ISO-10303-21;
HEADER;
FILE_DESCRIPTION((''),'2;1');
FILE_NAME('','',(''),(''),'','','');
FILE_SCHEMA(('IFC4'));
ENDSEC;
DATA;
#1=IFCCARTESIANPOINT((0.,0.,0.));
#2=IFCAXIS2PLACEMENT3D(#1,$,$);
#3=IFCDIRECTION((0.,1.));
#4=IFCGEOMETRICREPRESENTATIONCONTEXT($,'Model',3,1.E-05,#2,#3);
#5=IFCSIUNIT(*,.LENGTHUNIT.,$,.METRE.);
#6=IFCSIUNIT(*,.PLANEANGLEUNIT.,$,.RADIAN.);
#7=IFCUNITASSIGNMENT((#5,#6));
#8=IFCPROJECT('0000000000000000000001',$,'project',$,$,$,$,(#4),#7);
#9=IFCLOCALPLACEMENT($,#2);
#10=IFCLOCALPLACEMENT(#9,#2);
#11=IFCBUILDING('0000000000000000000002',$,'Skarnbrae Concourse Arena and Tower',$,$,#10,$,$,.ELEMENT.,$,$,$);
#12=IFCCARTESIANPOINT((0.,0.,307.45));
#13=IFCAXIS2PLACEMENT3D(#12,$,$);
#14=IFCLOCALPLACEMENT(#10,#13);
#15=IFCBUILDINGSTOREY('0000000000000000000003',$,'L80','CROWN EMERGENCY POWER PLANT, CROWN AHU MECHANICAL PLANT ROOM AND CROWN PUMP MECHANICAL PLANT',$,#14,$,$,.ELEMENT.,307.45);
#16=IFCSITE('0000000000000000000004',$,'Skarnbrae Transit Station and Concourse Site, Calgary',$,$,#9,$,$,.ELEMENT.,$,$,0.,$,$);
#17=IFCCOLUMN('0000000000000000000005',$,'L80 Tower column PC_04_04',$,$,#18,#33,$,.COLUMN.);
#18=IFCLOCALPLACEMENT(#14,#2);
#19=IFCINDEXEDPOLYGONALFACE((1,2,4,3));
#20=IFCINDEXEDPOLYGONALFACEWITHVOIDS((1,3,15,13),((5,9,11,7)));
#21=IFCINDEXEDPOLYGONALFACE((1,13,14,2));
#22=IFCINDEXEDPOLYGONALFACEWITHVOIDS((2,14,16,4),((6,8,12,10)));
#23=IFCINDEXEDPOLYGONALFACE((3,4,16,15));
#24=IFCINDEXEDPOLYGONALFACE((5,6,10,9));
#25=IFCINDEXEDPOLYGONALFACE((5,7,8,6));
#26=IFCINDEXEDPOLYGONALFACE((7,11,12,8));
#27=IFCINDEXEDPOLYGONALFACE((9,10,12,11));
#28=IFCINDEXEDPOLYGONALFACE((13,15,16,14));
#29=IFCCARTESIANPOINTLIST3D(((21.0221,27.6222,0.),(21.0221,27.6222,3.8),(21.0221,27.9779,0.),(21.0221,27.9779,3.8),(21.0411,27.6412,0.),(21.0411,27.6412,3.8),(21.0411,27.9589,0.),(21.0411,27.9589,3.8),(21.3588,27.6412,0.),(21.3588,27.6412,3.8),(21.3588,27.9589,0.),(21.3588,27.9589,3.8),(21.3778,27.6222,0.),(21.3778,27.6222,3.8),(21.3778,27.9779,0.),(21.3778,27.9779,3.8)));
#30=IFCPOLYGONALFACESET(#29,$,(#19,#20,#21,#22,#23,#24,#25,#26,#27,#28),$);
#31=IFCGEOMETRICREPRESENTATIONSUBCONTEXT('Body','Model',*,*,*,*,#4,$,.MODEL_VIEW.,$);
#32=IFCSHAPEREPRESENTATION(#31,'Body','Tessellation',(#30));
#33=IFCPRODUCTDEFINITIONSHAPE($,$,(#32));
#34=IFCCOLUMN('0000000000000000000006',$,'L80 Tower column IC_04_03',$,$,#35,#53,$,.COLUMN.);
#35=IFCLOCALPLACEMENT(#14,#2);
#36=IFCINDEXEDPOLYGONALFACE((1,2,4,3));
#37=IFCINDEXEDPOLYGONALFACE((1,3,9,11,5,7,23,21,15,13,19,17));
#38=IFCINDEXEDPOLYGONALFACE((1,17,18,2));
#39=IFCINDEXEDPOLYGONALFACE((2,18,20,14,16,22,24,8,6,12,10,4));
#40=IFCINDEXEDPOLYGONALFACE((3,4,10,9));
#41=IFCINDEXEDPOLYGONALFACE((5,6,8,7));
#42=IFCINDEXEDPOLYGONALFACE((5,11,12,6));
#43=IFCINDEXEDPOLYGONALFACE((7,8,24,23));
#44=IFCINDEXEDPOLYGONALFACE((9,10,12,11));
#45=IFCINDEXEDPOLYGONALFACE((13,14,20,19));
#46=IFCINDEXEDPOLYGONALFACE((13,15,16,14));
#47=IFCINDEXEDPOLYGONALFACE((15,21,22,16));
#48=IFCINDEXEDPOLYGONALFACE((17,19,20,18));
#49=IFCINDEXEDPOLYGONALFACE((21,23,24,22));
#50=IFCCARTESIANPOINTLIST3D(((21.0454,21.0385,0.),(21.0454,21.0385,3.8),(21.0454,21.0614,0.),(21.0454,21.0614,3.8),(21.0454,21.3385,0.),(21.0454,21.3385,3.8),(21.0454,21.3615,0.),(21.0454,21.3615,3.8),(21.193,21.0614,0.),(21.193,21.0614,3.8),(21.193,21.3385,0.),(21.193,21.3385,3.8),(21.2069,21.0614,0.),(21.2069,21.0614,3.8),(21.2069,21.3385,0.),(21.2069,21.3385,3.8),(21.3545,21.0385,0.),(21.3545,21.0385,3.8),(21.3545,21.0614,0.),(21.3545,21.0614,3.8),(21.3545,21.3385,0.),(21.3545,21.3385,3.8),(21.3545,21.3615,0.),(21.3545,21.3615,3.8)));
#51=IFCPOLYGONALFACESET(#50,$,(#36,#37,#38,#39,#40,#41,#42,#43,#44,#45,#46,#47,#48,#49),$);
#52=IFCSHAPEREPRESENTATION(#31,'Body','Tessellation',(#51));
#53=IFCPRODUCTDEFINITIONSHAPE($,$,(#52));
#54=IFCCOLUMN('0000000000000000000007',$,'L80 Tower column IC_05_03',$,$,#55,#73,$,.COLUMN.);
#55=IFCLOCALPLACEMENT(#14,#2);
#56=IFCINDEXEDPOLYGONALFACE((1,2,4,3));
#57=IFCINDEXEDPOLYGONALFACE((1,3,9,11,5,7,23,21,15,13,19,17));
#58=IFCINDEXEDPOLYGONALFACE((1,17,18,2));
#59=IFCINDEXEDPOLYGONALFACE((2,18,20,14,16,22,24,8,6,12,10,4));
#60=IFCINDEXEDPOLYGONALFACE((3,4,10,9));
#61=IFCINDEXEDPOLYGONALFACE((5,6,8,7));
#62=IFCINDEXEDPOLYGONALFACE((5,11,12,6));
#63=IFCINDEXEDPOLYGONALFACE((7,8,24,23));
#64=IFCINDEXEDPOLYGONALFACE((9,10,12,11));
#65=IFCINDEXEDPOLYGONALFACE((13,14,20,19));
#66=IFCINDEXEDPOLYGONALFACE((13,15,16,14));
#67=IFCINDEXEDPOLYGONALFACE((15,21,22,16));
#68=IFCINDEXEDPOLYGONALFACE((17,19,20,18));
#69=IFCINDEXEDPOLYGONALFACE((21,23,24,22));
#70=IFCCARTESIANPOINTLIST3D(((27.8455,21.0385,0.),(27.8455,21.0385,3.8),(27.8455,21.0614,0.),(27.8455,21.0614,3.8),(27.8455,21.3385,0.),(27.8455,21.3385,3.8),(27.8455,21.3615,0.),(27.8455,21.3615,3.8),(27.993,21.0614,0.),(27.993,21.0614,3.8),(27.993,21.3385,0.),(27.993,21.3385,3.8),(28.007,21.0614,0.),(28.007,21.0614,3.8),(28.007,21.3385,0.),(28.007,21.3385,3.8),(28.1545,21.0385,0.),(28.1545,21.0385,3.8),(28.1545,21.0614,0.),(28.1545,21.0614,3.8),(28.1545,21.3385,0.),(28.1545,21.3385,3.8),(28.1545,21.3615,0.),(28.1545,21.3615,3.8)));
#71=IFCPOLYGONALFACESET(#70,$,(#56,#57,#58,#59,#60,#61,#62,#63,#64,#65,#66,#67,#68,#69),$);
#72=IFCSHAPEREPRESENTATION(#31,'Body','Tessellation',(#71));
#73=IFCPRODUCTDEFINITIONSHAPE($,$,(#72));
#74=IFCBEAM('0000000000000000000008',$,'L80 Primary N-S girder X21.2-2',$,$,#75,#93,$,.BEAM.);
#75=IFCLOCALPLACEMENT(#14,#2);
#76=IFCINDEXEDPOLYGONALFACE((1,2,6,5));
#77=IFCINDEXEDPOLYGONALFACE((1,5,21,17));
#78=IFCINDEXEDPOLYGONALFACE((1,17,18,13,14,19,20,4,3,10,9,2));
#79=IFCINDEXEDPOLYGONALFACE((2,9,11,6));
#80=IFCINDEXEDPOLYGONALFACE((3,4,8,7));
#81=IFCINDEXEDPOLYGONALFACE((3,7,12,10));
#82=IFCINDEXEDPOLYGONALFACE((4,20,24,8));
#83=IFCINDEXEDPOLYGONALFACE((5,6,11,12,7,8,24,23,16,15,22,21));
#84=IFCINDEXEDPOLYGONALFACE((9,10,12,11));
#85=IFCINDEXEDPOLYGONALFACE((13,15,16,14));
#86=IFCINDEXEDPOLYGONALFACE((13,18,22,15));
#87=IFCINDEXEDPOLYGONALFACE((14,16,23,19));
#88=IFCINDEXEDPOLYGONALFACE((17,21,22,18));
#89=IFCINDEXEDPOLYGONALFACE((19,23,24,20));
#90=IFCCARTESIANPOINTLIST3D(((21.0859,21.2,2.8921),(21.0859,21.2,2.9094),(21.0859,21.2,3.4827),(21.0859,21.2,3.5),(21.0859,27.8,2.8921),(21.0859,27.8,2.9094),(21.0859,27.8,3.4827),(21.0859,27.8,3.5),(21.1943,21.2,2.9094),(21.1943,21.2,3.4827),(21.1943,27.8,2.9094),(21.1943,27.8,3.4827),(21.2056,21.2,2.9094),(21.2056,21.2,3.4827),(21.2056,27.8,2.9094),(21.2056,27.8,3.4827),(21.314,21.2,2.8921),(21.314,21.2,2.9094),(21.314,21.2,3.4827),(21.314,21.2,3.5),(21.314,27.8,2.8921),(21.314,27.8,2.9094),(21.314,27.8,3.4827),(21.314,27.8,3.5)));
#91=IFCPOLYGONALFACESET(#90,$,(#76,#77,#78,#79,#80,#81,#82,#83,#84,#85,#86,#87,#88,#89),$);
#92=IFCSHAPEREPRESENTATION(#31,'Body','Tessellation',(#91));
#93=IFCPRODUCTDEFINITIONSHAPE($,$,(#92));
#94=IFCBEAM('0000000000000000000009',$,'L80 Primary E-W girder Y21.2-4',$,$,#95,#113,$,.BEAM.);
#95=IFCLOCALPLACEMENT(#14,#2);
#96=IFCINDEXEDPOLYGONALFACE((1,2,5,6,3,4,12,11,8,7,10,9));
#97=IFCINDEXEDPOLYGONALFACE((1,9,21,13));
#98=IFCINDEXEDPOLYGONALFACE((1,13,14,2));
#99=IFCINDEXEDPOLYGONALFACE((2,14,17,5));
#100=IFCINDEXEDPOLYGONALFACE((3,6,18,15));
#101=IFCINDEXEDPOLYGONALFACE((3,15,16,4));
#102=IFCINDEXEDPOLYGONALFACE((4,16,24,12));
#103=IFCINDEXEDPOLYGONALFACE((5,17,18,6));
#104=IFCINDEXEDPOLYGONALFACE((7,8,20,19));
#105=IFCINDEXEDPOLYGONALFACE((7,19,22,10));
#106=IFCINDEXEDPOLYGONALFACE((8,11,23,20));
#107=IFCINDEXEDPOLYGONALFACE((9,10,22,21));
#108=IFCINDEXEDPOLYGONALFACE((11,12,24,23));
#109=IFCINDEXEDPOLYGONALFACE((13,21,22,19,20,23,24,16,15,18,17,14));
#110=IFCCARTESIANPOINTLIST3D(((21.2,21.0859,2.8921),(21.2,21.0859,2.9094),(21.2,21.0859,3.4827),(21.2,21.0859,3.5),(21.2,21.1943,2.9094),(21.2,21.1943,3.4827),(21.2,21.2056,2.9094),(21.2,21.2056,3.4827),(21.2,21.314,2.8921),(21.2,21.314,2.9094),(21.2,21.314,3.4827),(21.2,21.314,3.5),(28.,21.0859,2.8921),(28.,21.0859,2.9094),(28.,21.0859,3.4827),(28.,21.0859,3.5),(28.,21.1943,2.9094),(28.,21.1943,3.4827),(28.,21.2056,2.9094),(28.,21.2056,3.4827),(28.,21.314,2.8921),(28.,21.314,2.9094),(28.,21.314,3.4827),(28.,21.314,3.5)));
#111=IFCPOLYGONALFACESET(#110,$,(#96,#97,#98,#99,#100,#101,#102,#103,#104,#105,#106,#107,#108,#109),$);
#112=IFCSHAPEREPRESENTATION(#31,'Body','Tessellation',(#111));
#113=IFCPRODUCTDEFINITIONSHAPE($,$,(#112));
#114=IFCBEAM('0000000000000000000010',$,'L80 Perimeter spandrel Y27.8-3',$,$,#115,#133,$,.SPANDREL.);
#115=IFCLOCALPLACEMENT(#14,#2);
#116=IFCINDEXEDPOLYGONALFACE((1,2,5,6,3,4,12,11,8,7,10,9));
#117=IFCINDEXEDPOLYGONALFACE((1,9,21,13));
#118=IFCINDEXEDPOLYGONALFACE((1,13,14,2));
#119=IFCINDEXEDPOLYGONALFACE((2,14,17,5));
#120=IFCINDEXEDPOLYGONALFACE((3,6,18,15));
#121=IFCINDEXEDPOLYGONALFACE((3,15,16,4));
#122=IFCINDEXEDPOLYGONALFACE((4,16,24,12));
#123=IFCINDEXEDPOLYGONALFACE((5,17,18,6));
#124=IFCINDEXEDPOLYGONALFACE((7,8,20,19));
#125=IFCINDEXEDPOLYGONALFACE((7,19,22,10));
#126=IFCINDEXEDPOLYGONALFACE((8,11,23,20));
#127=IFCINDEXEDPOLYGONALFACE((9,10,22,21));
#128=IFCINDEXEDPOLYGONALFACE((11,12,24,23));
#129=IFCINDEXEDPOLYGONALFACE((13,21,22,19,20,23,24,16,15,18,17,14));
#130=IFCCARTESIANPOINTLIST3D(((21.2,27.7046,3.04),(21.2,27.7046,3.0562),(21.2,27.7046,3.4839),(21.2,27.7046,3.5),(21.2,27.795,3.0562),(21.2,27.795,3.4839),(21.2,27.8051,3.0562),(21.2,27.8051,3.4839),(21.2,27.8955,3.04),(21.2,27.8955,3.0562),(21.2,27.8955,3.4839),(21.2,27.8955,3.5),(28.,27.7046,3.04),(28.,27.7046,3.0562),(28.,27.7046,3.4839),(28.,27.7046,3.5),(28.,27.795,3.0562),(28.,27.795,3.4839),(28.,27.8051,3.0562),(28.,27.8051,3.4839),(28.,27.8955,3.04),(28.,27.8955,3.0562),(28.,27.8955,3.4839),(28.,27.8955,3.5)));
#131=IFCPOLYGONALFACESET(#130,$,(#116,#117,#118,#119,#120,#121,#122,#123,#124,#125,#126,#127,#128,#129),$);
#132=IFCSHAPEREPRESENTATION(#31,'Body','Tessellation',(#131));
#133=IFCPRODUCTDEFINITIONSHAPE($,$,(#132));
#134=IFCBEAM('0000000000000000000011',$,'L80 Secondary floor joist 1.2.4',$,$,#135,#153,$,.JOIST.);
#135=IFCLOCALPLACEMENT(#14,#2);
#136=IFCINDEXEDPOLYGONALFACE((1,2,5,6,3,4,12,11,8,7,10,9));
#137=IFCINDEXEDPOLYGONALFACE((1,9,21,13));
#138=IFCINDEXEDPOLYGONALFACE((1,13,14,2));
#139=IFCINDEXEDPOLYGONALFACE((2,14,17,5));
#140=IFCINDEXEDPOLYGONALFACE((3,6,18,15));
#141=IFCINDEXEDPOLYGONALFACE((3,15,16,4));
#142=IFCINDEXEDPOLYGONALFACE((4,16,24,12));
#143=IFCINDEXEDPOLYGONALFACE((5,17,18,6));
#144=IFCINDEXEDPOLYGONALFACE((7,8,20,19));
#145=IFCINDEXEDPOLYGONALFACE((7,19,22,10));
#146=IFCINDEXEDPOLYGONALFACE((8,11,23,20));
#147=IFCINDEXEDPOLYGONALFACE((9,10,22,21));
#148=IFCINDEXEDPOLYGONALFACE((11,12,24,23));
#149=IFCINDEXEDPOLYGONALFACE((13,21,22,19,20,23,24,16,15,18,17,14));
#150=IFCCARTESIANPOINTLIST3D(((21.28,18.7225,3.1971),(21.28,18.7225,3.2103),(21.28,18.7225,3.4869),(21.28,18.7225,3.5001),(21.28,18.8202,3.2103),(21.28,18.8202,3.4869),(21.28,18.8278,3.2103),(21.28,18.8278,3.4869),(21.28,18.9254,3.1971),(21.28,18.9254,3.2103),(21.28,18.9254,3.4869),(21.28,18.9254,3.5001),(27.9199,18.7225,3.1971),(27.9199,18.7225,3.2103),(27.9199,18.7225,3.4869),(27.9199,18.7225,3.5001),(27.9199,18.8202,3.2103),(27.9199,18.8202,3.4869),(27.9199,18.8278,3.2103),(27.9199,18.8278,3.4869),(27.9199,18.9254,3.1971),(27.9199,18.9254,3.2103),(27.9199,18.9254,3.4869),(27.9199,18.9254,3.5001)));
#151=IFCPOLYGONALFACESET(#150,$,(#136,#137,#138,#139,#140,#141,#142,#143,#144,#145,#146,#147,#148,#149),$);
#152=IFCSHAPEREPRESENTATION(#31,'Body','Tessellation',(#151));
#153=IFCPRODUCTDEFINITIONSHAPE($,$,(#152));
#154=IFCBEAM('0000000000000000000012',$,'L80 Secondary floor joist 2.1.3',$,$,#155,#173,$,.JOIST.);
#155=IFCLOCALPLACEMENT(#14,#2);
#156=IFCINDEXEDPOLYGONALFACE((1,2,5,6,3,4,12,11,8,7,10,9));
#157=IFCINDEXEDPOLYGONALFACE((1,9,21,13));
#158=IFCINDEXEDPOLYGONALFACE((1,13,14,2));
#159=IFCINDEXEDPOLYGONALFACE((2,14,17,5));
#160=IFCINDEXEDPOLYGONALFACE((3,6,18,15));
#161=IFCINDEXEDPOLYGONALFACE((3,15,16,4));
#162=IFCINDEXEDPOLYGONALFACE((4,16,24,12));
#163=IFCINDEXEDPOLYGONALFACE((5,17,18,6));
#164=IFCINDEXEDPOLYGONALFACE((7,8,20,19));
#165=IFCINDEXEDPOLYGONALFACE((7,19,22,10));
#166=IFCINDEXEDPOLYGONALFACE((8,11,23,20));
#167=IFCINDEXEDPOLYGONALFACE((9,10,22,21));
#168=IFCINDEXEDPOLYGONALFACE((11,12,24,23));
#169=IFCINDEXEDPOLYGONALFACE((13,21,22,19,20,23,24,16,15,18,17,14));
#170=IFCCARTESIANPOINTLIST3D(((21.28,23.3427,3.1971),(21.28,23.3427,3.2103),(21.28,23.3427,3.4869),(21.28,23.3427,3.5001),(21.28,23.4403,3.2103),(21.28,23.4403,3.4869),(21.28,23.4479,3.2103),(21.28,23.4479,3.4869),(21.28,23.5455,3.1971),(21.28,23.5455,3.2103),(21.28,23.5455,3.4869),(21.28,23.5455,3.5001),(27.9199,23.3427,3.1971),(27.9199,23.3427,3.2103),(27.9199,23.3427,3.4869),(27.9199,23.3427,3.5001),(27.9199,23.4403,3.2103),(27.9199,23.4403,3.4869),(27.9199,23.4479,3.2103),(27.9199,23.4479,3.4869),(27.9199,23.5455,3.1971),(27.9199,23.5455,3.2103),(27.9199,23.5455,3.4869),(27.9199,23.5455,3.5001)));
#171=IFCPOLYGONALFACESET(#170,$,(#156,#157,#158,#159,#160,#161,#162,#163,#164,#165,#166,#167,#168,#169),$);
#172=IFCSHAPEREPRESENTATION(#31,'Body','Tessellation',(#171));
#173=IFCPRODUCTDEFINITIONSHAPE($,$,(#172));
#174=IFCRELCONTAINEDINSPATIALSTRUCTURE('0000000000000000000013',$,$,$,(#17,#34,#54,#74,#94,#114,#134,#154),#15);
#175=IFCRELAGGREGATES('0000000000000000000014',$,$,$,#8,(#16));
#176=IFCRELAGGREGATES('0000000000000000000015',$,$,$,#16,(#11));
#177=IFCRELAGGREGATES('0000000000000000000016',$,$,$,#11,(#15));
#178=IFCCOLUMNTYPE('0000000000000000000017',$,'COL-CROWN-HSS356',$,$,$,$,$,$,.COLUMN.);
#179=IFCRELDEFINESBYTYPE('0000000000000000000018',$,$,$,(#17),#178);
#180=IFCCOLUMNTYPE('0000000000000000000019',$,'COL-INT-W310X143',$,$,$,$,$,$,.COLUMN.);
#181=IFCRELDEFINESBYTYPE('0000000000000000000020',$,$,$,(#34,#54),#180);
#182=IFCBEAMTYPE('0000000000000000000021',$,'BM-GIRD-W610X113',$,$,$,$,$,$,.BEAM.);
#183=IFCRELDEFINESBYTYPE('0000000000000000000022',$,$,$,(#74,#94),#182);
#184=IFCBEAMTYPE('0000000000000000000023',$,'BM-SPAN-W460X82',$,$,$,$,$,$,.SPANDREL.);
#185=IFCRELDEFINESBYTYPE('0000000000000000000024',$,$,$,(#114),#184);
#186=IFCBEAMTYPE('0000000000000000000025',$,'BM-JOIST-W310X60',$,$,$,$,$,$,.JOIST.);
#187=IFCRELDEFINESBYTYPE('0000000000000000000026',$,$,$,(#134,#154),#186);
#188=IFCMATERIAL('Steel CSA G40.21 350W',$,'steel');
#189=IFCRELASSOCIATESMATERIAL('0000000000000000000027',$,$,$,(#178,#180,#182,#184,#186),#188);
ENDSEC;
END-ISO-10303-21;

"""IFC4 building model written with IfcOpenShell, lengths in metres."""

from ifc_helpers import new_model, si_unit, direction, frame, origin, origin_2d, place, context, subcontext, project, spatial, hollow_rectangle, i_section, extrude, source, transform, mapped, material, material_profile, profile_set, type_object, element, save


model = new_model("IFC4")

# Units and contexts
model_context = context("Model", 3, precision=1e-05, world=origin(), true_north=direction((0.0, 1.0)))
body_context = subcontext(model_context, "Body", "Model", "MODEL_VIEW")
ifc_project = project(units=[si_unit("LENGTHUNIT", "METRE"), si_unit("PLANEANGLEUNIT", "RADIAN")], contexts=[model_context])

# Site, building, storey
site_placement = place(None, origin())
site = spatial("IfcSite", under=ifc_project, at=site_placement, Name="Skarnbrae Transit Station and Concourse Site, Calgary", CompositionType="ELEMENT", RefElevation=0.0)
building_placement = place(site_placement, origin())
building = spatial("IfcBuilding", under=site, at=building_placement, Name="Skarnbrae Concourse Arena and Tower", CompositionType="ELEMENT")
storey_placement = place(building_placement, frame((0.0, 0.0, 307.45)))
storey = spatial("IfcBuildingStorey", under=building, at=storey_placement, Name="L80", Description="CROWN EMERGENCY POWER PLANT, CROWN AHU MECHANICAL PLANT ROOM AND CROWN PUMP MECHANICAL PLANT", CompositionType="ELEMENT", Elevation=307.45)

# Columns
ifc_material_1 = material(Name="Steel CSA G40.21 350W", Category="steel")
ifc_material_profile_1 = material_profile(ifc_material_1, hollow_rectangle(XDim=0.3557, YDim=0.3557, WallThickness=0.019, at=origin_2d()), Name="HSS356X356X19.0")
ifc_profile_set_1 = profile_set([ifc_material_profile_1], Name="Steel CSA G40.21 350W")
column_type_1 = type_object("IfcColumnType", Name="COL-CROWN-HSS356", PredefinedType="COLUMN", material=ifc_profile_set_1)
shared_shape_1 = source(origin(), body_context, "Body", "SweptSolid", [
    extrude(hollow_rectangle(XDim=0.3557, YDim=0.3557, WallThickness=0.019, at=origin_2d()), origin(), (0.0, 0.0, 1.0), 3.8),
])
column_placement = place(storey_placement, frame((21.2, 27.8, 0.0), z_axis=(0.0, 0.0, 1.0), x_axis=(1.0, 0.0, 0.0)))
element("IfcColumn", 1, at=column_placement, inside=storey, type_object=column_type_1, Name="L80 Tower column PC_04_04", PredefinedType="COLUMN", context=body_context, shape_type="MappedRepresentation", body=[
    mapped(shared_shape_1, transform((0.0, 0.0, 0.0))),
])
ifc_material_profile_2 = material_profile(ifc_material_1, i_section(OverallWidth=0.3091, OverallDepth=0.323, WebThickness=0.0139, FlangeThickness=0.0229, at=origin_2d()), Name="W310X143")
ifc_profile_set_2 = profile_set([ifc_material_profile_2], Name="Steel CSA G40.21 350W")
column_type_2 = type_object("IfcColumnType", Name="COL-INT-W310X143", PredefinedType="COLUMN", material=ifc_profile_set_2)
shared_shape_2 = source(origin(), body_context, "Body", "SweptSolid", [
    extrude(i_section(OverallWidth=0.3091, OverallDepth=0.323, WebThickness=0.0139, FlangeThickness=0.0229, at=origin_2d()), origin(), (0.0, 0.0, 1.0), 3.8),
])
for number, where, z_axis, x_axis, name in (
    (2, (21.2, 21.2, 0.0), (0.0, 0.0, 1.0), (1.0, 0.0, 0.0), "L80 Tower column IC_04_03"),
    (3, (28.0, 21.2, 0.0), (0.0, 0.0, 1.0), (1.0, 0.0, 0.0), "L80 Tower column IC_05_03"),
):
    element("IfcColumn", number, at=place(storey_placement, frame(where, z_axis=z_axis, x_axis=x_axis)), inside=storey, type_object=column_type_2, Name=name, PredefinedType="COLUMN", context=body_context, shape_type="MappedRepresentation", body=[
        mapped(shared_shape_2, transform((0.0, 0.0, 0.0))),
    ])

# Beams
ifc_material_profile_3 = material_profile(ifc_material_1, i_section(OverallWidth=0.228, OverallDepth=0.6079, WebThickness=0.0112, FlangeThickness=0.0173, at=origin_2d()), Name="W610X113")
ifc_profile_set_3 = profile_set([ifc_material_profile_3], Name="Steel CSA G40.21 350W")
beam_type_1 = type_object("IfcBeamType", Name="BM-GIRD-W610X113", PredefinedType="BEAM", material=ifc_profile_set_3)
shared_shape_3 = source(origin(), body_context, "Body", "SweptSolid", [
    extrude(i_section(OverallWidth=0.228, OverallDepth=0.6079, WebThickness=0.0112, FlangeThickness=0.0173, at=origin_2d()), origin(), (0.0, 0.0, 1.0), 6.6001),
])
beam_1_placement = place(storey_placement, frame((21.2, 21.2, 3.196), z_axis=(0.0, 1.0, 0.0), x_axis=(-1.0, 0.0, 0.0)))
element("IfcBeam", 4, at=beam_1_placement, inside=storey, type_object=beam_type_1, Name="L80 Primary N-S girder X21.2-2", PredefinedType="BEAM", context=body_context, shape_type="MappedRepresentation", body=[
    mapped(shared_shape_3, transform((0.0, 0.0, 0.0))),
])
shared_shape_4 = source(origin(), body_context, "Body", "SweptSolid", [
    extrude(i_section(OverallWidth=0.228, OverallDepth=0.6079, WebThickness=0.0112, FlangeThickness=0.0173, at=origin_2d()), origin(), (0.0, 0.0, 1.0), 6.8),
])
beam_2_placement = place(storey_placement, frame((21.2, 21.2, 3.196), z_axis=(1.0, 0.0, 0.0), x_axis=(0.0, 1.0, 0.0)))
element("IfcBeam", 5, at=beam_2_placement, inside=storey, type_object=beam_type_1, Name="L80 Primary E-W girder Y21.2-4", PredefinedType="BEAM", context=body_context, shape_type="MappedRepresentation", body=[
    mapped(shared_shape_4, transform((0.0, 0.0, 0.0))),
])
ifc_material_profile_4 = material_profile(ifc_material_1, i_section(OverallWidth=0.1909, OverallDepth=0.46, WebThickness=0.01, FlangeThickness=0.0161, at=origin_2d()), Name="W460X82")
ifc_profile_set_4 = profile_set([ifc_material_profile_4], Name="Steel CSA G40.21 350W")
beam_type_2 = type_object("IfcBeamType", Name="BM-SPAN-W460X82", PredefinedType="SPANDREL", material=ifc_profile_set_4)
shared_shape_5 = source(origin(), body_context, "Body", "SweptSolid", [
    extrude(i_section(OverallWidth=0.1909, OverallDepth=0.46, WebThickness=0.01, FlangeThickness=0.0161, at=origin_2d()), origin(), (0.0, 0.0, 1.0), 6.8),
])
beam_3_placement = place(storey_placement, frame((21.2, 27.8, 3.27), z_axis=(1.0, 0.0, 0.0), x_axis=(0.0, 1.0, 0.0)))
element("IfcBeam", 6, at=beam_3_placement, inside=storey, type_object=beam_type_2, Name="L80 Perimeter spandrel Y27.8-3", PredefinedType="SPANDREL", context=body_context, shape_type="MappedRepresentation", body=[
    mapped(shared_shape_5, transform((0.0, 0.0, 0.0))),
])
ifc_material_profile_5 = material_profile(ifc_material_1, i_section(OverallWidth=0.2029, OverallDepth=0.303, WebThickness=0.0076, FlangeThickness=0.0132, at=origin_2d()), Name="W310X60")
ifc_profile_set_5 = profile_set([ifc_material_profile_5], Name="Steel CSA G40.21 350W")
beam_type_3 = type_object("IfcBeamType", Name="BM-JOIST-W310X60", PredefinedType="JOIST", material=ifc_profile_set_5)
shared_shape_6 = source(origin(), body_context, "Body", "SweptSolid", [
    extrude(i_section(OverallWidth=0.2029, OverallDepth=0.303, WebThickness=0.0076, FlangeThickness=0.0132, at=origin_2d()), origin(), (0.0, 0.0, 1.0), 6.6399),
])
for number, where, z_axis, x_axis, name in (
    (7, (21.28, 18.824, 3.3486), (1.0, 0.0, 0.0), (0.0, 1.0, 0.0), "L80 Secondary floor joist 1.2.4"),
    (8, (21.28, 23.4441, 3.3486), (1.0, 0.0, 0.0), (0.0, 1.0, 0.0), "L80 Secondary floor joist 2.1.3"),
):
    element("IfcBeam", number, at=place(storey_placement, frame(where, z_axis=z_axis, x_axis=x_axis)), inside=storey, type_object=beam_type_3, Name=name, PredefinedType="JOIST", context=body_context, shape_type="MappedRepresentation", body=[
        mapped(shared_shape_6, transform((0.0, 0.0, 0.0))),
    ])

save(model, "model.ifc")
